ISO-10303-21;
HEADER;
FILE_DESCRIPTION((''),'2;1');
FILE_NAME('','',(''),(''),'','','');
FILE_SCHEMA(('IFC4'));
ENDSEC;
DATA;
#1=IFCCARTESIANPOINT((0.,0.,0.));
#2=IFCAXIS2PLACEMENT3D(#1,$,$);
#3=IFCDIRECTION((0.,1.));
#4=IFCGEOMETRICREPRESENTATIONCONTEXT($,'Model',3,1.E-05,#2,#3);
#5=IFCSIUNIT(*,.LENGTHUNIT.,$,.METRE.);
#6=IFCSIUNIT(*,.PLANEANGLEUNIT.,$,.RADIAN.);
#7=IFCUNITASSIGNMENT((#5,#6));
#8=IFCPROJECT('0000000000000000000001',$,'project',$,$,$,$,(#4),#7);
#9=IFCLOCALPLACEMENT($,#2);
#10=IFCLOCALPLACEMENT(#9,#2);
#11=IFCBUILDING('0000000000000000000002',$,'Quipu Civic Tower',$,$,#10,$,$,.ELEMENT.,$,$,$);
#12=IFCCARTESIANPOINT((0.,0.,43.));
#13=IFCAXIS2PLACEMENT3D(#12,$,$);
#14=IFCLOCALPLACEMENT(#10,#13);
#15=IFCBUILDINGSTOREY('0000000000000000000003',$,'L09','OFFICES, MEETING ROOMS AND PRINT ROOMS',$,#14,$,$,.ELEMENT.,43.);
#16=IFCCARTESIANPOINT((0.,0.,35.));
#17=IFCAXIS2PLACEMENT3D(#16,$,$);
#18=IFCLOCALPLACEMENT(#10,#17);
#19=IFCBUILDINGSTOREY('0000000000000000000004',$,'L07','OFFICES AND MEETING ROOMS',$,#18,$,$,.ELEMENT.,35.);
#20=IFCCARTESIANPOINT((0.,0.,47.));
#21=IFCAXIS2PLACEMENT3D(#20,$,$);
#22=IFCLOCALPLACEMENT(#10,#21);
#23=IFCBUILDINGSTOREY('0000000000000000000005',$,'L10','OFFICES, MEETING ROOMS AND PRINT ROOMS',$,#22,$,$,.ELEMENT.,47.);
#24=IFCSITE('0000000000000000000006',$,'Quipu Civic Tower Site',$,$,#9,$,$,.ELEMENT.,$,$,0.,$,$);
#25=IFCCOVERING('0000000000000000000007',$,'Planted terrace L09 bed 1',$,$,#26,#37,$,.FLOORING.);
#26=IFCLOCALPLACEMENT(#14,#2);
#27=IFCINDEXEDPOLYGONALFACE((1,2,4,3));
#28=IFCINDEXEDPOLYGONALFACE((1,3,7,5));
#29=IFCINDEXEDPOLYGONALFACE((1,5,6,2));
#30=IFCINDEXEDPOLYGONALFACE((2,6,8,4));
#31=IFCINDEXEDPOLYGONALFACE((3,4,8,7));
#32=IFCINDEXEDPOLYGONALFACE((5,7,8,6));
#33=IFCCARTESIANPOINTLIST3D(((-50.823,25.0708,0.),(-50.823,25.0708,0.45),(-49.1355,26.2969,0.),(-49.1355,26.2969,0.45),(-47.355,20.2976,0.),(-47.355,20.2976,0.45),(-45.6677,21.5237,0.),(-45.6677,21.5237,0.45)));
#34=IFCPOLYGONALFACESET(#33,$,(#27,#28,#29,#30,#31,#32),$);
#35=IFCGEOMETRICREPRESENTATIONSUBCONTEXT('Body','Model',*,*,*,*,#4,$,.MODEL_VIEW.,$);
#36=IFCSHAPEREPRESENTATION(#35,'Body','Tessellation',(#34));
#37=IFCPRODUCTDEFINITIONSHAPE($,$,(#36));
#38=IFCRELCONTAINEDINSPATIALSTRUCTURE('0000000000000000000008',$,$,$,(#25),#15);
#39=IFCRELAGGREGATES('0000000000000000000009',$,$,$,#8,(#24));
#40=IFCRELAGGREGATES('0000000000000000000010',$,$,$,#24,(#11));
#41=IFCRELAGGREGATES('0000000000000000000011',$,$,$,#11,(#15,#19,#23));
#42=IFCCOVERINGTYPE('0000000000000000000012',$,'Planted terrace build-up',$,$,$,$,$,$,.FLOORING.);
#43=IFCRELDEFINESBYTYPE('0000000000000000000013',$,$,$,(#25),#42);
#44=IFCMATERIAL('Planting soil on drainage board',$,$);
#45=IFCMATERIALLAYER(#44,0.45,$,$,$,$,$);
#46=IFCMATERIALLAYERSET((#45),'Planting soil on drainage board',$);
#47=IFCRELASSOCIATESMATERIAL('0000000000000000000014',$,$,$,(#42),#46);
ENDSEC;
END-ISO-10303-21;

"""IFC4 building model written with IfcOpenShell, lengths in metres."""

from ifc_helpers import new_model, si_unit, direction, frame, origin, place, context, subcontext, project, spatial, polyline, outline, extrude, material, layer, layer_set, type_object, element, save


model = new_model("IFC4")

# Units and contexts
model_context = context("Model", 3, precision=1e-05, world=origin(), true_north=direction((0.0, 1.0)))
body_context = subcontext(model_context, "Body", "Model", "MODEL_VIEW")
ifc_project = project(units=[si_unit("LENGTHUNIT", "METRE"), si_unit("PLANEANGLEUNIT", "RADIAN")], contexts=[model_context])

# Site, building, storey
site_placement = place(None, origin())
site = spatial("IfcSite", under=ifc_project, at=site_placement, Name="Quipu Civic Tower Site", CompositionType="ELEMENT", RefElevation=0.0)
building_placement = place(site_placement, origin())
building = spatial("IfcBuilding", under=site, at=building_placement, Name="Quipu Civic Tower", CompositionType="ELEMENT")
storey_1_placement = place(building_placement, frame((0.0, 0.0, 43.0)))
storey_1 = spatial("IfcBuildingStorey", under=building, at=storey_1_placement, Name="L09", Description="OFFICES, MEETING ROOMS AND PRINT ROOMS", CompositionType="ELEMENT", Elevation=43.0)

# Shared definitions
storey_2_placement = place(building_placement, frame((0.0, 0.0, 35.0)))
storey_2 = spatial("IfcBuildingStorey", under=building, at=storey_2_placement, Name="L07", Description="OFFICES AND MEETING ROOMS", CompositionType="ELEMENT", Elevation=35.0)

# Shared definitions
storey_3_placement = place(building_placement, frame((0.0, 0.0, 47.0)))
storey_3 = spatial("IfcBuildingStorey", under=building, at=storey_3_placement, Name="L10", Description="OFFICES, MEETING ROOMS AND PRINT ROOMS", CompositionType="ELEMENT", Elevation=47.0)

# Covering
ifc_material_1 = material(Name="Planting soil on drainage board")
ifc_layer_1 = layer(ifc_material_1, 0.45)
ifc_layer_set_1 = layer_set([ifc_layer_1], Name="Planting soil on drainage board")
covering_type = type_object("IfcCoveringType", Name="Planted terrace build-up", PredefinedType="FLOORING", material=ifc_layer_set_1)
covering_placement = place(storey_1_placement, origin())
element("IfcCovering", 1, at=covering_placement, inside=storey_1, type_object=covering_type, Name="Planted terrace L09 bed 1", PredefinedType="FLOORING", context=body_context, shape_type="SweptSolid", body=[
    extrude(outline(polyline([(-50.823, 25.0708), (-49.1355, 26.2969), (-45.6677, 21.5237), (-47.355, 20.2976), (-50.823, 25.0708)])), origin(), (0.0, 0.0, 1.0), 0.45),
])

save(model, "model.ifc")
